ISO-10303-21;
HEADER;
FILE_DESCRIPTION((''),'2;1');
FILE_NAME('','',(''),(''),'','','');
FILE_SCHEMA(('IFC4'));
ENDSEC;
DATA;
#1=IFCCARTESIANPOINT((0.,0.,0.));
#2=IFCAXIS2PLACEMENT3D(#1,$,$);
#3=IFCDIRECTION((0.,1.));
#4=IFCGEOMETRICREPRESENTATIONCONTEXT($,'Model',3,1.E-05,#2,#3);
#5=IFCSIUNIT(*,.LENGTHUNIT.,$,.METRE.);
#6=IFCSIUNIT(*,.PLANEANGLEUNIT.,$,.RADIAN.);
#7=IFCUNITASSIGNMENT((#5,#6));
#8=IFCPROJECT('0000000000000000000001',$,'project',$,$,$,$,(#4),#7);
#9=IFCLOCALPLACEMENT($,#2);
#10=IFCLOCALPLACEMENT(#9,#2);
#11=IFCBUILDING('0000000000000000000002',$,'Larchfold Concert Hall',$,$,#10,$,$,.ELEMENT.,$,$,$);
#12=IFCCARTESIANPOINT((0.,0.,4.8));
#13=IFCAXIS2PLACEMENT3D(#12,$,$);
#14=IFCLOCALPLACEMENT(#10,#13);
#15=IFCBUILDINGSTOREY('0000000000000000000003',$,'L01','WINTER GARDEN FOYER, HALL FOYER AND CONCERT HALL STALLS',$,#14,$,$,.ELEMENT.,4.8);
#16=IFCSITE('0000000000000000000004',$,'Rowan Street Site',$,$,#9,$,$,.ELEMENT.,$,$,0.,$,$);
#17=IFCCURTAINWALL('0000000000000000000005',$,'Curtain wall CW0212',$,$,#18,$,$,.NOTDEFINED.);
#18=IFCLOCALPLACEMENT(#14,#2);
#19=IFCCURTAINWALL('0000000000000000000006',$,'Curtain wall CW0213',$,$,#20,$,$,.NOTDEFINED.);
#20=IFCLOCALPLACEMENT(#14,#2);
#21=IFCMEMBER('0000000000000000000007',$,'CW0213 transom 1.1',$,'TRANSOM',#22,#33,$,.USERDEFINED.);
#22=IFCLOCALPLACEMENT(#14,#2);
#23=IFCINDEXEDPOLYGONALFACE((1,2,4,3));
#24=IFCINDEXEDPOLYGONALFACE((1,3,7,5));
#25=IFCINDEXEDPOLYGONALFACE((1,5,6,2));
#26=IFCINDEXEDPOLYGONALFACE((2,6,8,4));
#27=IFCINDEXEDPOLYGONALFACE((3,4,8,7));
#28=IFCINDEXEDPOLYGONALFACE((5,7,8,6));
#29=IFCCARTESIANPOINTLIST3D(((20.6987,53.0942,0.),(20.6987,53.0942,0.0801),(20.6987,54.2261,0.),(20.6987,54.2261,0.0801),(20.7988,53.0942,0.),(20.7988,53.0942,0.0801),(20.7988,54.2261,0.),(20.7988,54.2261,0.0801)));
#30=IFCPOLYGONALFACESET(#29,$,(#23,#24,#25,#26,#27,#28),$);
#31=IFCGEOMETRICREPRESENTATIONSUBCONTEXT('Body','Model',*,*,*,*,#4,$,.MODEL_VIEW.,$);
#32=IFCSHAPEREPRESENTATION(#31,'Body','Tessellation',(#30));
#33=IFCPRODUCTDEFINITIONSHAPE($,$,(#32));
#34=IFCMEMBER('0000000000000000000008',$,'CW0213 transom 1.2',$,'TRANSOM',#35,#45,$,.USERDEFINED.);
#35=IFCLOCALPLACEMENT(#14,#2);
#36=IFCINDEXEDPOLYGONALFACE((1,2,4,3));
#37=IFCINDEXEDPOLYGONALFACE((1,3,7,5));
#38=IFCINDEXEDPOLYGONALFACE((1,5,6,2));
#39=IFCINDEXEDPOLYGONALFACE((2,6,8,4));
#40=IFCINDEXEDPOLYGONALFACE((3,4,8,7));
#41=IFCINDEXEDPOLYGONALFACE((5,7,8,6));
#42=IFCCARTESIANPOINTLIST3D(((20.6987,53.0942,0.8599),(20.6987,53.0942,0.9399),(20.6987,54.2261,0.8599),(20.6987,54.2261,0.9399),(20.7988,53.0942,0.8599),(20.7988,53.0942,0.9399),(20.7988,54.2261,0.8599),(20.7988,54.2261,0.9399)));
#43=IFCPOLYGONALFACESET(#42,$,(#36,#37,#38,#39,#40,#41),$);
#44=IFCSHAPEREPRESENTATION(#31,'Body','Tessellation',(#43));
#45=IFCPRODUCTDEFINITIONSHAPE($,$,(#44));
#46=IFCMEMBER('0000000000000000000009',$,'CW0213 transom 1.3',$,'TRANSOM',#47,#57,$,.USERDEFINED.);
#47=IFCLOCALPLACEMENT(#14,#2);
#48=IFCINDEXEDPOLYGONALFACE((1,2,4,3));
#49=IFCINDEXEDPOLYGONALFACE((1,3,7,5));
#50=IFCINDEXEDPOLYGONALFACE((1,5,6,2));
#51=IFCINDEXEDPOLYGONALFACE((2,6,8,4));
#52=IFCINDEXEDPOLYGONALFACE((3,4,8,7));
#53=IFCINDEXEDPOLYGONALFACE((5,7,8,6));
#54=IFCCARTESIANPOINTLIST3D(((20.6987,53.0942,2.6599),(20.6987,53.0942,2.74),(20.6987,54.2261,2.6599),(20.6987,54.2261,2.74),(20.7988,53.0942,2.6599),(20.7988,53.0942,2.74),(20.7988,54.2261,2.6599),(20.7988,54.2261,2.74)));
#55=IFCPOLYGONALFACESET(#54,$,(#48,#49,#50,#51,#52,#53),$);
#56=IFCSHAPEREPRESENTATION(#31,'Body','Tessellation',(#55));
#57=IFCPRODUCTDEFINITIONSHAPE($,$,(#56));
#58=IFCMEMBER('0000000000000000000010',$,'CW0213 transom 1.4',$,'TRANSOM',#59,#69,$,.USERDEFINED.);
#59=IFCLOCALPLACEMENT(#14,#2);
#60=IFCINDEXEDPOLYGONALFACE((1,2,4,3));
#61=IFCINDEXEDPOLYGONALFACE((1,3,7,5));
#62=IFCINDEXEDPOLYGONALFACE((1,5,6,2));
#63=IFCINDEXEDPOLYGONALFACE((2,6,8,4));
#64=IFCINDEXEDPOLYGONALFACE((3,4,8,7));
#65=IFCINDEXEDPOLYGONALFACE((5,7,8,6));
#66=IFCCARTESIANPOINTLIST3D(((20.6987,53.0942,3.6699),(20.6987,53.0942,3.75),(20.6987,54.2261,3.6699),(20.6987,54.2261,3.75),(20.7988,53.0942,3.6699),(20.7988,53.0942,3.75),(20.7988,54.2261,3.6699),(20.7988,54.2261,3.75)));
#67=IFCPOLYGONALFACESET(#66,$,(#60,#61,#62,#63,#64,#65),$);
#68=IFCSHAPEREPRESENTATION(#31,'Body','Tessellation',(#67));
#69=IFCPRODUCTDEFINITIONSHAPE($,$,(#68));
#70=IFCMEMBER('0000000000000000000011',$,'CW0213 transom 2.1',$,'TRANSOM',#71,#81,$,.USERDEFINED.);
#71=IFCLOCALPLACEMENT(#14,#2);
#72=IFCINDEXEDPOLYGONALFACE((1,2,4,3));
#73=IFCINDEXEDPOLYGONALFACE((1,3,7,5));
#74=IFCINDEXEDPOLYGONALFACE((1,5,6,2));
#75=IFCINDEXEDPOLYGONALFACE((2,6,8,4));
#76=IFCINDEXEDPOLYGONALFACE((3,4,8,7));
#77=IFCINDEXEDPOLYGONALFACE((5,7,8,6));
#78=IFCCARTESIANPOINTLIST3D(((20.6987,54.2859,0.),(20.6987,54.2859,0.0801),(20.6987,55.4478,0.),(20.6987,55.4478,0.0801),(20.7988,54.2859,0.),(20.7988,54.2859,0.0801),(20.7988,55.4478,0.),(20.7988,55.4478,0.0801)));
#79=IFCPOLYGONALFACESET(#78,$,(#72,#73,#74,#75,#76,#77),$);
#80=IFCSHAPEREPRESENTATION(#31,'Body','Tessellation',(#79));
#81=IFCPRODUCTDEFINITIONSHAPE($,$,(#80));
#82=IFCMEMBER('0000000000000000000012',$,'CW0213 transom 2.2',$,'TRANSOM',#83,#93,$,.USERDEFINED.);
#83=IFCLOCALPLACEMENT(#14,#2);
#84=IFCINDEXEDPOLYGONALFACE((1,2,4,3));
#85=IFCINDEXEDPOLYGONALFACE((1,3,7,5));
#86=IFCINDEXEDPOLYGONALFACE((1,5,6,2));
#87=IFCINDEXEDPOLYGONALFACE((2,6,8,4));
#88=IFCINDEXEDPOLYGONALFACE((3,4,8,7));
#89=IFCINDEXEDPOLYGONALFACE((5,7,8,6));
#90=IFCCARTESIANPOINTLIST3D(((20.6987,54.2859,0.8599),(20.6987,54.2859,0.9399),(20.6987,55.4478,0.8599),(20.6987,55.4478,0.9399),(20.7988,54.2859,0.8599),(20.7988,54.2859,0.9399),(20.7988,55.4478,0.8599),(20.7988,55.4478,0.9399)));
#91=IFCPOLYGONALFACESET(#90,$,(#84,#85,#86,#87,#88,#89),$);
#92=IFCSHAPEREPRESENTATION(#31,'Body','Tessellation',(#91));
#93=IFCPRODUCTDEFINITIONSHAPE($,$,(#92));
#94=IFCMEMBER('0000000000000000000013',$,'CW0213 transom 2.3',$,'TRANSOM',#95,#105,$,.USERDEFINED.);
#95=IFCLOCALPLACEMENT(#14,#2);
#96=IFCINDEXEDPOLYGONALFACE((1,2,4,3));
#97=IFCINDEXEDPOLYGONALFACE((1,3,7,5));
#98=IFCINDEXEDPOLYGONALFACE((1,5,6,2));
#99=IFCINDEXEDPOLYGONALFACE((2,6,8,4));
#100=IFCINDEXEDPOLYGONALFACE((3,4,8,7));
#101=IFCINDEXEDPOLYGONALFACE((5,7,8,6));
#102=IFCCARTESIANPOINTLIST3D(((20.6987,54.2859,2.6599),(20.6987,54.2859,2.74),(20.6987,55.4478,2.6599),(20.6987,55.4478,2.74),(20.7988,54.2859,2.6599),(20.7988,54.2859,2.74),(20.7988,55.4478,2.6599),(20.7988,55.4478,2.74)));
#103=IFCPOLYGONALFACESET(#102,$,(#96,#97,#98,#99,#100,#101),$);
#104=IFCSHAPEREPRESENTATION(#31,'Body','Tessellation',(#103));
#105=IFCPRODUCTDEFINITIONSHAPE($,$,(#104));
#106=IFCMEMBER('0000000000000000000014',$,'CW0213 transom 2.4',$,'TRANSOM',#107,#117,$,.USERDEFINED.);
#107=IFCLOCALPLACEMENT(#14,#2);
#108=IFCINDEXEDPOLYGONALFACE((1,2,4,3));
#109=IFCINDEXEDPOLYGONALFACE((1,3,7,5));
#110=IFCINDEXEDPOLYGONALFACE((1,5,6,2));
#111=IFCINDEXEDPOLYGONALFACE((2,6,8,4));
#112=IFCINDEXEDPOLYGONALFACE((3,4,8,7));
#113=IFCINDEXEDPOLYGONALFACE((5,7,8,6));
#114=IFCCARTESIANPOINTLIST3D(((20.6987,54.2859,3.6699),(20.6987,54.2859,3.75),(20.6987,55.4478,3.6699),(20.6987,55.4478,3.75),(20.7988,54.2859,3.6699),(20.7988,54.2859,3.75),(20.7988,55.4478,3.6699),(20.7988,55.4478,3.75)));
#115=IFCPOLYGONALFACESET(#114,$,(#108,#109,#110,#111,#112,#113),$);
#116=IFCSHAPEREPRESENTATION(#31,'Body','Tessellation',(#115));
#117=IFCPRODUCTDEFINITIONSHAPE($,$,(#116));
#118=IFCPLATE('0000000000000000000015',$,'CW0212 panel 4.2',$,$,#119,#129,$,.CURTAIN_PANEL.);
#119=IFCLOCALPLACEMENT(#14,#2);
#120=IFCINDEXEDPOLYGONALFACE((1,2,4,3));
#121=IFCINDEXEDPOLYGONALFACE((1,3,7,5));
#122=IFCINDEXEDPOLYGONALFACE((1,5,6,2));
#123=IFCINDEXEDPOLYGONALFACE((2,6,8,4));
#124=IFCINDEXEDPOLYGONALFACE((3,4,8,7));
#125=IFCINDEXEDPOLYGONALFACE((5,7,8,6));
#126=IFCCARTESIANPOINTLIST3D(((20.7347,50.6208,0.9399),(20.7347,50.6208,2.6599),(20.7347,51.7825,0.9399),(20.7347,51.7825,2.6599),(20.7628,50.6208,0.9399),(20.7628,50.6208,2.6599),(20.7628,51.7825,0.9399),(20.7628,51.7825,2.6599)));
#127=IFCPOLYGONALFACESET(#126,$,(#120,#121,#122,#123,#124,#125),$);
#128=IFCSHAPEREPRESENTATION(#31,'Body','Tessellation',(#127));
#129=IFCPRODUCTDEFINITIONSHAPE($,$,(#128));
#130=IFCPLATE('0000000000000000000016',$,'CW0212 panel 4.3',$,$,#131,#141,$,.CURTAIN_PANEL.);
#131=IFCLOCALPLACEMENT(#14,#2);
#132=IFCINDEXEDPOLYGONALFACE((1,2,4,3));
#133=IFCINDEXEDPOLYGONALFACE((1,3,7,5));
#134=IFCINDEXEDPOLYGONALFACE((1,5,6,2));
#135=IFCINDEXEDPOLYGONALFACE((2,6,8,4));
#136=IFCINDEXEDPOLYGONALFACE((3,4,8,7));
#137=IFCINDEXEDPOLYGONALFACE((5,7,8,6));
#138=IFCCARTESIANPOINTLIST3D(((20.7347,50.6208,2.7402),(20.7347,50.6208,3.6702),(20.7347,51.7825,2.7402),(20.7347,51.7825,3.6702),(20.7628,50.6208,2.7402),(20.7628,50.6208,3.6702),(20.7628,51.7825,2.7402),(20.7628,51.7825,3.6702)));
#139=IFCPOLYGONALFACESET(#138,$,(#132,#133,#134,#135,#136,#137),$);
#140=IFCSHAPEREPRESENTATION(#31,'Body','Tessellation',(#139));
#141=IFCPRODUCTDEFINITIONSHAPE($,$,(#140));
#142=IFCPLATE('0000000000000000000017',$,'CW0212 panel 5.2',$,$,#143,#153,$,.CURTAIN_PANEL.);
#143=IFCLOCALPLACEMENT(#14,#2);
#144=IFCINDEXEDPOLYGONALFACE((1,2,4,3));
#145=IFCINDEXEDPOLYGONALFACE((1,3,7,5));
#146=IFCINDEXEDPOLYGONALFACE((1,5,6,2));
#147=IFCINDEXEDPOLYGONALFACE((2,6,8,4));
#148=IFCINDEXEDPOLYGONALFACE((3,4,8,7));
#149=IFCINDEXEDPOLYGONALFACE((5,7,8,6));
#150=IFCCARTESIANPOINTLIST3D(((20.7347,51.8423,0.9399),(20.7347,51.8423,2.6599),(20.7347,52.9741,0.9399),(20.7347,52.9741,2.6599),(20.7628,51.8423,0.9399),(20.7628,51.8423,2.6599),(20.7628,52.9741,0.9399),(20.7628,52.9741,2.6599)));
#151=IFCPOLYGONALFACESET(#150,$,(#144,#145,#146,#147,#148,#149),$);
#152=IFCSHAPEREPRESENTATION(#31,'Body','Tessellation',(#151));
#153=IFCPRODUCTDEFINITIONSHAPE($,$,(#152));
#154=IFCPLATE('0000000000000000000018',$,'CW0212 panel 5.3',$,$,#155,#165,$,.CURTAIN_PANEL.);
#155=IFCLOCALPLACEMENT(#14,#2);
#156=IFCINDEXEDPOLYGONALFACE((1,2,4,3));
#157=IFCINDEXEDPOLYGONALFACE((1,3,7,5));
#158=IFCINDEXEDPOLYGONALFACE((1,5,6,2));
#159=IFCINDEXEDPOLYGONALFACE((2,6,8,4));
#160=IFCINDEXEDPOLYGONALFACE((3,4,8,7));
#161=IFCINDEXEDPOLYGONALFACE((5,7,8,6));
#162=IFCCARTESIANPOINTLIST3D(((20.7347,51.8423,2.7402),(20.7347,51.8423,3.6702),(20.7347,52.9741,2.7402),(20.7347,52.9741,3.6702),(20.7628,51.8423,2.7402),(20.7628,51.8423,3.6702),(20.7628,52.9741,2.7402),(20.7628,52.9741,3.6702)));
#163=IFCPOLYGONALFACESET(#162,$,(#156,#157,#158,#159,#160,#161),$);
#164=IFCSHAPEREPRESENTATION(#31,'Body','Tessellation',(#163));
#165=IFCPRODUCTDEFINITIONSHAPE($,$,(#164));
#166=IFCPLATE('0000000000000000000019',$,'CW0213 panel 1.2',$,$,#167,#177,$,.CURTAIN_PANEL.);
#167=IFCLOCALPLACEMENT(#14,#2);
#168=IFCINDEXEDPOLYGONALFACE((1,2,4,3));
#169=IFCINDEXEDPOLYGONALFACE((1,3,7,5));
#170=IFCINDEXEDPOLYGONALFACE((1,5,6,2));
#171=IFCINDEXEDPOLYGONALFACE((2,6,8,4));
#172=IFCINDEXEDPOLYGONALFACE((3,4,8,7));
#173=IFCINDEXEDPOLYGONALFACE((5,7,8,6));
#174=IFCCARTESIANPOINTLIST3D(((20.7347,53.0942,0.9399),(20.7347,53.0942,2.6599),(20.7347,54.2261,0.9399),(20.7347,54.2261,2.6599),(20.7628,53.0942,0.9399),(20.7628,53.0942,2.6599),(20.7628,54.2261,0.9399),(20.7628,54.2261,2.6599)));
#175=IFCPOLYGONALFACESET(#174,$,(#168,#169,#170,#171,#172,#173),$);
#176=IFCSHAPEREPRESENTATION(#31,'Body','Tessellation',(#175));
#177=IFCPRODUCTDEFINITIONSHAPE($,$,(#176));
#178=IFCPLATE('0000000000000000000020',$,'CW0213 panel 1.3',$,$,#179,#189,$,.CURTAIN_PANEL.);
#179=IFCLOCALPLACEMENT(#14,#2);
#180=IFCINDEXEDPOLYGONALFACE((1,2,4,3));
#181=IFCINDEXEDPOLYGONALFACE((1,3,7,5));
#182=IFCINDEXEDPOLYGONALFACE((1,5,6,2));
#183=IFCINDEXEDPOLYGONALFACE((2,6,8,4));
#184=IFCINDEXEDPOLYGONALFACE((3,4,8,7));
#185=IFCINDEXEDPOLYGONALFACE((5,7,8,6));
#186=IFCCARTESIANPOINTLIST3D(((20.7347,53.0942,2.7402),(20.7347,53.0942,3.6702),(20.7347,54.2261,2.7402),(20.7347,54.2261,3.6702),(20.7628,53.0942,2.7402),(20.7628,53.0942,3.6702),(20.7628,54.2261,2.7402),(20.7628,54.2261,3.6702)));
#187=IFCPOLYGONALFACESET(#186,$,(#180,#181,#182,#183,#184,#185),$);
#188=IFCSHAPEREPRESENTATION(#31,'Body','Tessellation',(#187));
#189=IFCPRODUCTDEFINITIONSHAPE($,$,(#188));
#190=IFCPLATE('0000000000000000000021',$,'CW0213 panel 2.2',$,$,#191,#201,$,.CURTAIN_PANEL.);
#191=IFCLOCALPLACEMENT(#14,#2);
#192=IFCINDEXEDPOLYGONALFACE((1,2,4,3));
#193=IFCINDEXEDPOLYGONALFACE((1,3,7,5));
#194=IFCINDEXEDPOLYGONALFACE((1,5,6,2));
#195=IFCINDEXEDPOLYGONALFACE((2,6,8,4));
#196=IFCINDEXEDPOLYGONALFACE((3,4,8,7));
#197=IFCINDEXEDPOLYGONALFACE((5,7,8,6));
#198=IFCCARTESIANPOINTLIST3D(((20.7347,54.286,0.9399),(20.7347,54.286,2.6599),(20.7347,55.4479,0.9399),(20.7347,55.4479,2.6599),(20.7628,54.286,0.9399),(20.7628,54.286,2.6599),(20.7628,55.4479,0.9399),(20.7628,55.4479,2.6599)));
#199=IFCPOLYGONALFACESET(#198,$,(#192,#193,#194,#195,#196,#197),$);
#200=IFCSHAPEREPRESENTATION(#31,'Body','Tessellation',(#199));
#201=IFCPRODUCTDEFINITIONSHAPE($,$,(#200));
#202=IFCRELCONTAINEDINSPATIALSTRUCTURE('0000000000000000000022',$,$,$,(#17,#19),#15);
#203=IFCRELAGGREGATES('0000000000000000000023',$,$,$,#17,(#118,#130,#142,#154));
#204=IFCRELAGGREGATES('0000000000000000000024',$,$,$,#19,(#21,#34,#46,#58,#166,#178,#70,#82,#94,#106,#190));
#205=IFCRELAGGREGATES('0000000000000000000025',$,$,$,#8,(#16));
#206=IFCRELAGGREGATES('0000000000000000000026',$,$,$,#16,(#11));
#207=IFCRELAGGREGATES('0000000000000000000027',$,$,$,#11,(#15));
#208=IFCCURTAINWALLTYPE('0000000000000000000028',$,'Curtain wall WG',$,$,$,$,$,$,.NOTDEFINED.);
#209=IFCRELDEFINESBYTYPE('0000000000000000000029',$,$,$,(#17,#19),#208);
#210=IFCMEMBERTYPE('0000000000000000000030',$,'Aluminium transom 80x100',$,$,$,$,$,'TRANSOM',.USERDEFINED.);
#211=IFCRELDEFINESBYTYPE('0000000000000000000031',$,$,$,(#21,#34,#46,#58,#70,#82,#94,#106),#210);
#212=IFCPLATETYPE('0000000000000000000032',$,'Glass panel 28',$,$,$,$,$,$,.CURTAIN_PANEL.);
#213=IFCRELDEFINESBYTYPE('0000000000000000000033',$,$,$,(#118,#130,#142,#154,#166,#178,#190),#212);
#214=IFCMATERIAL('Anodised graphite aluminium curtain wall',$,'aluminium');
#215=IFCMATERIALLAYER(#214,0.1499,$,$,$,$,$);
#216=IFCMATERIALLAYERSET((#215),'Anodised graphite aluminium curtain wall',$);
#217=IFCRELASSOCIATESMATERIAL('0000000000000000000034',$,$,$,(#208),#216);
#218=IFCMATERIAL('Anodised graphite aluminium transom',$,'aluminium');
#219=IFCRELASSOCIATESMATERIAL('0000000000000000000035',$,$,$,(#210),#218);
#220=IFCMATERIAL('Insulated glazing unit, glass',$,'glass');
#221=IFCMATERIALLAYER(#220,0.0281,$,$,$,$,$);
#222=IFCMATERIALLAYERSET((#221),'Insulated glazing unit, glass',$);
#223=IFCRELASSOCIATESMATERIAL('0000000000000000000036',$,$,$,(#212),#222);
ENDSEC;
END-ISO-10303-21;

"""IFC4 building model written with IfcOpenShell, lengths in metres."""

from ifc_helpers import new_model, si_unit, direction, frame, origin, origin_2d, place, context, subcontext, project, spatial, rectangle, extrude, material, layer, layer_set, material_profile, profile_set, type_object, element, aggregate, save


model = new_model("IFC4")

# Units and contexts
model_context = context("Model", 3, precision=1e-05, world=origin(), true_north=direction((0.0, 1.0)))
body_context = subcontext(model_context, "Body", "Model", "MODEL_VIEW")
ifc_project = project(units=[si_unit("LENGTHUNIT", "METRE"), si_unit("PLANEANGLEUNIT", "RADIAN")], contexts=[model_context])

# Site, building, storey
site_placement = place(None, origin())
site = spatial("IfcSite", under=ifc_project, at=site_placement, Name="Rowan Street Site", CompositionType="ELEMENT", RefElevation=0.0)
building_placement = place(site_placement, origin())
building = spatial("IfcBuilding", under=site, at=building_placement, Name="Larchfold Concert Hall", CompositionType="ELEMENT")
storey_placement = place(building_placement, frame((0.0, 0.0, 4.8)))
storey = spatial("IfcBuildingStorey", under=building, at=storey_placement, Name="L01", Description="WINTER GARDEN FOYER, HALL FOYER AND CONCERT HALL STALLS", CompositionType="ELEMENT", Elevation=4.8)

# Curtain walls
ifc_material_1 = material(Name="Anodised graphite aluminium curtain wall", Category="aluminium")
ifc_layer_1 = layer(ifc_material_1, 0.1499)
ifc_layer_set_1 = layer_set([ifc_layer_1], Name="Anodised graphite aluminium curtain wall")
curtain_wall_type = type_object("IfcCurtainWallType", Name="Curtain wall WG", PredefinedType="NOTDEFINED", material=ifc_layer_set_1)
curtain_wall_1_placement = place(storey_placement, origin())
curtain_wall_1 = element("IfcCurtainWall", 1, at=curtain_wall_1_placement, inside=storey, type_object=curtain_wall_type, Name="Curtain wall CW0212", PredefinedType="NOTDEFINED")
curtain_wall_2_placement = place(storey_placement, origin())
curtain_wall_2 = element("IfcCurtainWall", 2, at=curtain_wall_2_placement, inside=storey, type_object=curtain_wall_type, Name="Curtain wall CW0213", PredefinedType="NOTDEFINED")

# Members
ifc_material_2 = material(Name="Anodised graphite aluminium transom", Category="aluminium")
ifc_material_profile_1 = material_profile(ifc_material_2, rectangle(XDim=0.1001, YDim=0.0801, at=origin_2d()))
ifc_profile_set_1 = profile_set([ifc_material_profile_1], Name="Anodised graphite aluminium transom")
member_type_1 = type_object("IfcMemberType", Name="Aluminium transom 80x100", ElementType="TRANSOM", PredefinedType="USERDEFINED", material=ifc_profile_set_1)
member_1_placement = place(storey_placement, frame((20.7488, 53.0942, 0.04), z_axis=(0.0, 1.0, 0.0), x_axis=(-1.0, 0.0, 0.0)))
member_1 = element("IfcMember", 3, at=member_1_placement, type_object=member_type_1, Name="CW0213 transom 1.1", ObjectType="TRANSOM", PredefinedType="USERDEFINED", context=body_context, shape_type="SweptSolid", body=[
    extrude(rectangle(XDim=0.1001, YDim=0.0801, at=origin_2d()), origin(), (0.0, 0.0, 1.0), 1.1318),
])
member_2_placement = place(storey_placement, frame((20.7488, 53.0942, 0.8999), z_axis=(0.0, 1.0, 0.0), x_axis=(-1.0, 0.0, 0.0)))
member_2 = element("IfcMember", 4, at=member_2_placement, type_object=member_type_1, Name="CW0213 transom 1.2", ObjectType="TRANSOM", PredefinedType="USERDEFINED", context=body_context, shape_type="SweptSolid", body=[
    extrude(rectangle(XDim=0.1001, YDim=0.0801, at=origin_2d()), origin(), (0.0, 0.0, 1.0), 1.1318),
])
member_3_placement = place(storey_placement, frame((20.7488, 53.0942, 2.7), z_axis=(0.0, 1.0, 0.0), x_axis=(-1.0, 0.0, 0.0)))
member_3 = element("IfcMember", 5, at=member_3_placement, type_object=member_type_1, Name="CW0213 transom 1.3", ObjectType="TRANSOM", PredefinedType="USERDEFINED", context=body_context, shape_type="SweptSolid", body=[
    extrude(rectangle(XDim=0.1001, YDim=0.0801, at=origin_2d()), origin(), (0.0, 0.0, 1.0), 1.1318),
])
member_4_placement = place(storey_placement, frame((20.7488, 53.0942, 3.71), z_axis=(0.0, 1.0, 0.0), x_axis=(-1.0, 0.0, 0.0)))
member_4 = element("IfcMember", 6, at=member_4_placement, type_object=member_type_1, Name="CW0213 transom 1.4", ObjectType="TRANSOM", PredefinedType="USERDEFINED", context=body_context, shape_type="SweptSolid", body=[
    extrude(rectangle(XDim=0.1001, YDim=0.0801, at=origin_2d()), origin(), (0.0, 0.0, 1.0), 1.1318),
])
member_5_placement = place(storey_placement, frame((20.7488, 54.2859, 0.04), z_axis=(0.0, 1.0, 0.0), x_axis=(-1.0, 0.0, 0.0)))
member_5 = element("IfcMember", 7, at=member_5_placement, type_object=member_type_1, Name="CW0213 transom 2.1", ObjectType="TRANSOM", PredefinedType="USERDEFINED", context=body_context, shape_type="SweptSolid", body=[
    extrude(rectangle(XDim=0.1001, YDim=0.0801, at=origin_2d()), origin(), (0.0, 0.0, 1.0), 1.1619),
])
member_6_placement = place(storey_placement, frame((20.7488, 54.2859, 0.8999), z_axis=(0.0, 1.0, 0.0), x_axis=(-1.0, 0.0, 0.0)))
member_6 = element("IfcMember", 8, at=member_6_placement, type_object=member_type_1, Name="CW0213 transom 2.2", ObjectType="TRANSOM", PredefinedType="USERDEFINED", context=body_context, shape_type="SweptSolid", body=[
    extrude(rectangle(XDim=0.1001, YDim=0.0801, at=origin_2d()), origin(), (0.0, 0.0, 1.0), 1.1619),
])
member_7_placement = place(storey_placement, frame((20.7488, 54.2859, 2.7), z_axis=(0.0, 1.0, 0.0), x_axis=(-1.0, 0.0, 0.0)))
member_7 = element("IfcMember", 9, at=member_7_placement, type_object=member_type_1, Name="CW0213 transom 2.3", ObjectType="TRANSOM", PredefinedType="USERDEFINED", context=body_context, shape_type="SweptSolid", body=[
    extrude(rectangle(XDim=0.1001, YDim=0.0801, at=origin_2d()), origin(), (0.0, 0.0, 1.0), 1.1619),
])
member_8_placement = place(storey_placement, frame((20.7488, 54.2859, 3.71), z_axis=(0.0, 1.0, 0.0), x_axis=(-1.0, 0.0, 0.0)))
member_8 = element("IfcMember", 10, at=member_8_placement, type_object=member_type_1, Name="CW0213 transom 2.4", ObjectType="TRANSOM", PredefinedType="USERDEFINED", context=body_context, shape_type="SweptSolid", body=[
    extrude(rectangle(XDim=0.1001, YDim=0.0801, at=origin_2d()), origin(), (0.0, 0.0, 1.0), 1.1619),
])

# Plates
ifc_material_3 = material(Name="Insulated glazing unit, glass", Category="glass")
ifc_layer_2 = layer(ifc_material_3, 0.0281)
ifc_layer_set_2 = layer_set([ifc_layer_2], Name="Insulated glazing unit, glass")
plate_type_1 = type_object("IfcPlateType", Name="Glass panel 28", PredefinedType="CURTAIN_PANEL", material=ifc_layer_set_2)
plate_1_placement = place(storey_placement, frame((20.7488, 51.2017, 0.9399), z_axis=(0.0, 0.0, 1.0), x_axis=(0.0, 1.0, 0.0)))
plate_1 = element("IfcPlate", 11, at=plate_1_placement, type_object=plate_type_1, Name="CW0212 panel 4.2", PredefinedType="CURTAIN_PANEL", context=body_context, shape_type="SweptSolid", body=[
    extrude(rectangle(XDim=1.1616, YDim=0.0281, at=origin_2d()), origin(), (0.0, 0.0, 1.0), 1.72),
])
plate_2_placement = place(storey_placement, frame((20.7488, 51.2017, 2.7402), z_axis=(0.0, 0.0, 1.0), x_axis=(0.0, 1.0, 0.0)))
plate_2 = element("IfcPlate", 12, at=plate_2_placement, type_object=plate_type_1, Name="CW0212 panel 4.3", PredefinedType="CURTAIN_PANEL", context=body_context, shape_type="SweptSolid", body=[
    extrude(rectangle(XDim=1.1616, YDim=0.0281, at=origin_2d()), origin(), (0.0, 0.0, 1.0), 0.9299),
])
plate_3_placement = place(storey_placement, frame((20.7488, 52.4082, 0.9399), z_axis=(0.0, 0.0, 1.0), x_axis=(0.0, 1.0, 0.0)))
plate_3 = element("IfcPlate", 13, at=plate_3_placement, type_object=plate_type_1, Name="CW0212 panel 5.2", PredefinedType="CURTAIN_PANEL", context=body_context, shape_type="SweptSolid", body=[
    extrude(rectangle(XDim=1.1318, YDim=0.0281, at=origin_2d()), origin(), (0.0, 0.0, 1.0), 1.72),
])
plate_4_placement = place(storey_placement, frame((20.7488, 52.4082, 2.7402), z_axis=(0.0, 0.0, 1.0), x_axis=(0.0, 1.0, 0.0)))
plate_4 = element("IfcPlate", 14, at=plate_4_placement, type_object=plate_type_1, Name="CW0212 panel 5.3", PredefinedType="CURTAIN_PANEL", context=body_context, shape_type="SweptSolid", body=[
    extrude(rectangle(XDim=1.1318, YDim=0.0281, at=origin_2d()), origin(), (0.0, 0.0, 1.0), 0.9299),
])
plate_5_placement = place(storey_placement, frame((20.7488, 53.6602, 0.9399), z_axis=(0.0, 0.0, 1.0), x_axis=(0.0, 1.0, 0.0)))
plate_5 = element("IfcPlate", 15, at=plate_5_placement, type_object=plate_type_1, Name="CW0213 panel 1.2", PredefinedType="CURTAIN_PANEL", context=body_context, shape_type="SweptSolid", body=[
    extrude(rectangle(XDim=1.1318, YDim=0.0281, at=origin_2d()), origin(), (0.0, 0.0, 1.0), 1.72),
])
plate_6_placement = place(storey_placement, frame((20.7488, 53.6602, 2.7402), z_axis=(0.0, 0.0, 1.0), x_axis=(0.0, 1.0, 0.0)))
plate_6 = element("IfcPlate", 16, at=plate_6_placement, type_object=plate_type_1, Name="CW0213 panel 1.3", PredefinedType="CURTAIN_PANEL", context=body_context, shape_type="SweptSolid", body=[
    extrude(rectangle(XDim=1.1318, YDim=0.0281, at=origin_2d()), origin(), (0.0, 0.0, 1.0), 0.9299),
])
plate_7_placement = place(storey_placement, frame((20.7488, 54.8669, 0.9399), z_axis=(0.0, 0.0, 1.0), x_axis=(0.0, 1.0, 0.0)))
plate_7 = element("IfcPlate", 17, at=plate_7_placement, type_object=plate_type_1, Name="CW0213 panel 2.2", PredefinedType="CURTAIN_PANEL", context=body_context, shape_type="SweptSolid", body=[
    extrude(rectangle(XDim=1.1619, YDim=0.0281, at=origin_2d()), origin(), (0.0, 0.0, 1.0), 1.72),
])
aggregate(curtain_wall_1, [plate_1, plate_2, plate_3, plate_4])
aggregate(curtain_wall_2, [member_1, member_2, member_3, member_4, plate_5, plate_6, member_5, member_6, member_7, member_8, plate_7])

save(model, "model.ifc")
